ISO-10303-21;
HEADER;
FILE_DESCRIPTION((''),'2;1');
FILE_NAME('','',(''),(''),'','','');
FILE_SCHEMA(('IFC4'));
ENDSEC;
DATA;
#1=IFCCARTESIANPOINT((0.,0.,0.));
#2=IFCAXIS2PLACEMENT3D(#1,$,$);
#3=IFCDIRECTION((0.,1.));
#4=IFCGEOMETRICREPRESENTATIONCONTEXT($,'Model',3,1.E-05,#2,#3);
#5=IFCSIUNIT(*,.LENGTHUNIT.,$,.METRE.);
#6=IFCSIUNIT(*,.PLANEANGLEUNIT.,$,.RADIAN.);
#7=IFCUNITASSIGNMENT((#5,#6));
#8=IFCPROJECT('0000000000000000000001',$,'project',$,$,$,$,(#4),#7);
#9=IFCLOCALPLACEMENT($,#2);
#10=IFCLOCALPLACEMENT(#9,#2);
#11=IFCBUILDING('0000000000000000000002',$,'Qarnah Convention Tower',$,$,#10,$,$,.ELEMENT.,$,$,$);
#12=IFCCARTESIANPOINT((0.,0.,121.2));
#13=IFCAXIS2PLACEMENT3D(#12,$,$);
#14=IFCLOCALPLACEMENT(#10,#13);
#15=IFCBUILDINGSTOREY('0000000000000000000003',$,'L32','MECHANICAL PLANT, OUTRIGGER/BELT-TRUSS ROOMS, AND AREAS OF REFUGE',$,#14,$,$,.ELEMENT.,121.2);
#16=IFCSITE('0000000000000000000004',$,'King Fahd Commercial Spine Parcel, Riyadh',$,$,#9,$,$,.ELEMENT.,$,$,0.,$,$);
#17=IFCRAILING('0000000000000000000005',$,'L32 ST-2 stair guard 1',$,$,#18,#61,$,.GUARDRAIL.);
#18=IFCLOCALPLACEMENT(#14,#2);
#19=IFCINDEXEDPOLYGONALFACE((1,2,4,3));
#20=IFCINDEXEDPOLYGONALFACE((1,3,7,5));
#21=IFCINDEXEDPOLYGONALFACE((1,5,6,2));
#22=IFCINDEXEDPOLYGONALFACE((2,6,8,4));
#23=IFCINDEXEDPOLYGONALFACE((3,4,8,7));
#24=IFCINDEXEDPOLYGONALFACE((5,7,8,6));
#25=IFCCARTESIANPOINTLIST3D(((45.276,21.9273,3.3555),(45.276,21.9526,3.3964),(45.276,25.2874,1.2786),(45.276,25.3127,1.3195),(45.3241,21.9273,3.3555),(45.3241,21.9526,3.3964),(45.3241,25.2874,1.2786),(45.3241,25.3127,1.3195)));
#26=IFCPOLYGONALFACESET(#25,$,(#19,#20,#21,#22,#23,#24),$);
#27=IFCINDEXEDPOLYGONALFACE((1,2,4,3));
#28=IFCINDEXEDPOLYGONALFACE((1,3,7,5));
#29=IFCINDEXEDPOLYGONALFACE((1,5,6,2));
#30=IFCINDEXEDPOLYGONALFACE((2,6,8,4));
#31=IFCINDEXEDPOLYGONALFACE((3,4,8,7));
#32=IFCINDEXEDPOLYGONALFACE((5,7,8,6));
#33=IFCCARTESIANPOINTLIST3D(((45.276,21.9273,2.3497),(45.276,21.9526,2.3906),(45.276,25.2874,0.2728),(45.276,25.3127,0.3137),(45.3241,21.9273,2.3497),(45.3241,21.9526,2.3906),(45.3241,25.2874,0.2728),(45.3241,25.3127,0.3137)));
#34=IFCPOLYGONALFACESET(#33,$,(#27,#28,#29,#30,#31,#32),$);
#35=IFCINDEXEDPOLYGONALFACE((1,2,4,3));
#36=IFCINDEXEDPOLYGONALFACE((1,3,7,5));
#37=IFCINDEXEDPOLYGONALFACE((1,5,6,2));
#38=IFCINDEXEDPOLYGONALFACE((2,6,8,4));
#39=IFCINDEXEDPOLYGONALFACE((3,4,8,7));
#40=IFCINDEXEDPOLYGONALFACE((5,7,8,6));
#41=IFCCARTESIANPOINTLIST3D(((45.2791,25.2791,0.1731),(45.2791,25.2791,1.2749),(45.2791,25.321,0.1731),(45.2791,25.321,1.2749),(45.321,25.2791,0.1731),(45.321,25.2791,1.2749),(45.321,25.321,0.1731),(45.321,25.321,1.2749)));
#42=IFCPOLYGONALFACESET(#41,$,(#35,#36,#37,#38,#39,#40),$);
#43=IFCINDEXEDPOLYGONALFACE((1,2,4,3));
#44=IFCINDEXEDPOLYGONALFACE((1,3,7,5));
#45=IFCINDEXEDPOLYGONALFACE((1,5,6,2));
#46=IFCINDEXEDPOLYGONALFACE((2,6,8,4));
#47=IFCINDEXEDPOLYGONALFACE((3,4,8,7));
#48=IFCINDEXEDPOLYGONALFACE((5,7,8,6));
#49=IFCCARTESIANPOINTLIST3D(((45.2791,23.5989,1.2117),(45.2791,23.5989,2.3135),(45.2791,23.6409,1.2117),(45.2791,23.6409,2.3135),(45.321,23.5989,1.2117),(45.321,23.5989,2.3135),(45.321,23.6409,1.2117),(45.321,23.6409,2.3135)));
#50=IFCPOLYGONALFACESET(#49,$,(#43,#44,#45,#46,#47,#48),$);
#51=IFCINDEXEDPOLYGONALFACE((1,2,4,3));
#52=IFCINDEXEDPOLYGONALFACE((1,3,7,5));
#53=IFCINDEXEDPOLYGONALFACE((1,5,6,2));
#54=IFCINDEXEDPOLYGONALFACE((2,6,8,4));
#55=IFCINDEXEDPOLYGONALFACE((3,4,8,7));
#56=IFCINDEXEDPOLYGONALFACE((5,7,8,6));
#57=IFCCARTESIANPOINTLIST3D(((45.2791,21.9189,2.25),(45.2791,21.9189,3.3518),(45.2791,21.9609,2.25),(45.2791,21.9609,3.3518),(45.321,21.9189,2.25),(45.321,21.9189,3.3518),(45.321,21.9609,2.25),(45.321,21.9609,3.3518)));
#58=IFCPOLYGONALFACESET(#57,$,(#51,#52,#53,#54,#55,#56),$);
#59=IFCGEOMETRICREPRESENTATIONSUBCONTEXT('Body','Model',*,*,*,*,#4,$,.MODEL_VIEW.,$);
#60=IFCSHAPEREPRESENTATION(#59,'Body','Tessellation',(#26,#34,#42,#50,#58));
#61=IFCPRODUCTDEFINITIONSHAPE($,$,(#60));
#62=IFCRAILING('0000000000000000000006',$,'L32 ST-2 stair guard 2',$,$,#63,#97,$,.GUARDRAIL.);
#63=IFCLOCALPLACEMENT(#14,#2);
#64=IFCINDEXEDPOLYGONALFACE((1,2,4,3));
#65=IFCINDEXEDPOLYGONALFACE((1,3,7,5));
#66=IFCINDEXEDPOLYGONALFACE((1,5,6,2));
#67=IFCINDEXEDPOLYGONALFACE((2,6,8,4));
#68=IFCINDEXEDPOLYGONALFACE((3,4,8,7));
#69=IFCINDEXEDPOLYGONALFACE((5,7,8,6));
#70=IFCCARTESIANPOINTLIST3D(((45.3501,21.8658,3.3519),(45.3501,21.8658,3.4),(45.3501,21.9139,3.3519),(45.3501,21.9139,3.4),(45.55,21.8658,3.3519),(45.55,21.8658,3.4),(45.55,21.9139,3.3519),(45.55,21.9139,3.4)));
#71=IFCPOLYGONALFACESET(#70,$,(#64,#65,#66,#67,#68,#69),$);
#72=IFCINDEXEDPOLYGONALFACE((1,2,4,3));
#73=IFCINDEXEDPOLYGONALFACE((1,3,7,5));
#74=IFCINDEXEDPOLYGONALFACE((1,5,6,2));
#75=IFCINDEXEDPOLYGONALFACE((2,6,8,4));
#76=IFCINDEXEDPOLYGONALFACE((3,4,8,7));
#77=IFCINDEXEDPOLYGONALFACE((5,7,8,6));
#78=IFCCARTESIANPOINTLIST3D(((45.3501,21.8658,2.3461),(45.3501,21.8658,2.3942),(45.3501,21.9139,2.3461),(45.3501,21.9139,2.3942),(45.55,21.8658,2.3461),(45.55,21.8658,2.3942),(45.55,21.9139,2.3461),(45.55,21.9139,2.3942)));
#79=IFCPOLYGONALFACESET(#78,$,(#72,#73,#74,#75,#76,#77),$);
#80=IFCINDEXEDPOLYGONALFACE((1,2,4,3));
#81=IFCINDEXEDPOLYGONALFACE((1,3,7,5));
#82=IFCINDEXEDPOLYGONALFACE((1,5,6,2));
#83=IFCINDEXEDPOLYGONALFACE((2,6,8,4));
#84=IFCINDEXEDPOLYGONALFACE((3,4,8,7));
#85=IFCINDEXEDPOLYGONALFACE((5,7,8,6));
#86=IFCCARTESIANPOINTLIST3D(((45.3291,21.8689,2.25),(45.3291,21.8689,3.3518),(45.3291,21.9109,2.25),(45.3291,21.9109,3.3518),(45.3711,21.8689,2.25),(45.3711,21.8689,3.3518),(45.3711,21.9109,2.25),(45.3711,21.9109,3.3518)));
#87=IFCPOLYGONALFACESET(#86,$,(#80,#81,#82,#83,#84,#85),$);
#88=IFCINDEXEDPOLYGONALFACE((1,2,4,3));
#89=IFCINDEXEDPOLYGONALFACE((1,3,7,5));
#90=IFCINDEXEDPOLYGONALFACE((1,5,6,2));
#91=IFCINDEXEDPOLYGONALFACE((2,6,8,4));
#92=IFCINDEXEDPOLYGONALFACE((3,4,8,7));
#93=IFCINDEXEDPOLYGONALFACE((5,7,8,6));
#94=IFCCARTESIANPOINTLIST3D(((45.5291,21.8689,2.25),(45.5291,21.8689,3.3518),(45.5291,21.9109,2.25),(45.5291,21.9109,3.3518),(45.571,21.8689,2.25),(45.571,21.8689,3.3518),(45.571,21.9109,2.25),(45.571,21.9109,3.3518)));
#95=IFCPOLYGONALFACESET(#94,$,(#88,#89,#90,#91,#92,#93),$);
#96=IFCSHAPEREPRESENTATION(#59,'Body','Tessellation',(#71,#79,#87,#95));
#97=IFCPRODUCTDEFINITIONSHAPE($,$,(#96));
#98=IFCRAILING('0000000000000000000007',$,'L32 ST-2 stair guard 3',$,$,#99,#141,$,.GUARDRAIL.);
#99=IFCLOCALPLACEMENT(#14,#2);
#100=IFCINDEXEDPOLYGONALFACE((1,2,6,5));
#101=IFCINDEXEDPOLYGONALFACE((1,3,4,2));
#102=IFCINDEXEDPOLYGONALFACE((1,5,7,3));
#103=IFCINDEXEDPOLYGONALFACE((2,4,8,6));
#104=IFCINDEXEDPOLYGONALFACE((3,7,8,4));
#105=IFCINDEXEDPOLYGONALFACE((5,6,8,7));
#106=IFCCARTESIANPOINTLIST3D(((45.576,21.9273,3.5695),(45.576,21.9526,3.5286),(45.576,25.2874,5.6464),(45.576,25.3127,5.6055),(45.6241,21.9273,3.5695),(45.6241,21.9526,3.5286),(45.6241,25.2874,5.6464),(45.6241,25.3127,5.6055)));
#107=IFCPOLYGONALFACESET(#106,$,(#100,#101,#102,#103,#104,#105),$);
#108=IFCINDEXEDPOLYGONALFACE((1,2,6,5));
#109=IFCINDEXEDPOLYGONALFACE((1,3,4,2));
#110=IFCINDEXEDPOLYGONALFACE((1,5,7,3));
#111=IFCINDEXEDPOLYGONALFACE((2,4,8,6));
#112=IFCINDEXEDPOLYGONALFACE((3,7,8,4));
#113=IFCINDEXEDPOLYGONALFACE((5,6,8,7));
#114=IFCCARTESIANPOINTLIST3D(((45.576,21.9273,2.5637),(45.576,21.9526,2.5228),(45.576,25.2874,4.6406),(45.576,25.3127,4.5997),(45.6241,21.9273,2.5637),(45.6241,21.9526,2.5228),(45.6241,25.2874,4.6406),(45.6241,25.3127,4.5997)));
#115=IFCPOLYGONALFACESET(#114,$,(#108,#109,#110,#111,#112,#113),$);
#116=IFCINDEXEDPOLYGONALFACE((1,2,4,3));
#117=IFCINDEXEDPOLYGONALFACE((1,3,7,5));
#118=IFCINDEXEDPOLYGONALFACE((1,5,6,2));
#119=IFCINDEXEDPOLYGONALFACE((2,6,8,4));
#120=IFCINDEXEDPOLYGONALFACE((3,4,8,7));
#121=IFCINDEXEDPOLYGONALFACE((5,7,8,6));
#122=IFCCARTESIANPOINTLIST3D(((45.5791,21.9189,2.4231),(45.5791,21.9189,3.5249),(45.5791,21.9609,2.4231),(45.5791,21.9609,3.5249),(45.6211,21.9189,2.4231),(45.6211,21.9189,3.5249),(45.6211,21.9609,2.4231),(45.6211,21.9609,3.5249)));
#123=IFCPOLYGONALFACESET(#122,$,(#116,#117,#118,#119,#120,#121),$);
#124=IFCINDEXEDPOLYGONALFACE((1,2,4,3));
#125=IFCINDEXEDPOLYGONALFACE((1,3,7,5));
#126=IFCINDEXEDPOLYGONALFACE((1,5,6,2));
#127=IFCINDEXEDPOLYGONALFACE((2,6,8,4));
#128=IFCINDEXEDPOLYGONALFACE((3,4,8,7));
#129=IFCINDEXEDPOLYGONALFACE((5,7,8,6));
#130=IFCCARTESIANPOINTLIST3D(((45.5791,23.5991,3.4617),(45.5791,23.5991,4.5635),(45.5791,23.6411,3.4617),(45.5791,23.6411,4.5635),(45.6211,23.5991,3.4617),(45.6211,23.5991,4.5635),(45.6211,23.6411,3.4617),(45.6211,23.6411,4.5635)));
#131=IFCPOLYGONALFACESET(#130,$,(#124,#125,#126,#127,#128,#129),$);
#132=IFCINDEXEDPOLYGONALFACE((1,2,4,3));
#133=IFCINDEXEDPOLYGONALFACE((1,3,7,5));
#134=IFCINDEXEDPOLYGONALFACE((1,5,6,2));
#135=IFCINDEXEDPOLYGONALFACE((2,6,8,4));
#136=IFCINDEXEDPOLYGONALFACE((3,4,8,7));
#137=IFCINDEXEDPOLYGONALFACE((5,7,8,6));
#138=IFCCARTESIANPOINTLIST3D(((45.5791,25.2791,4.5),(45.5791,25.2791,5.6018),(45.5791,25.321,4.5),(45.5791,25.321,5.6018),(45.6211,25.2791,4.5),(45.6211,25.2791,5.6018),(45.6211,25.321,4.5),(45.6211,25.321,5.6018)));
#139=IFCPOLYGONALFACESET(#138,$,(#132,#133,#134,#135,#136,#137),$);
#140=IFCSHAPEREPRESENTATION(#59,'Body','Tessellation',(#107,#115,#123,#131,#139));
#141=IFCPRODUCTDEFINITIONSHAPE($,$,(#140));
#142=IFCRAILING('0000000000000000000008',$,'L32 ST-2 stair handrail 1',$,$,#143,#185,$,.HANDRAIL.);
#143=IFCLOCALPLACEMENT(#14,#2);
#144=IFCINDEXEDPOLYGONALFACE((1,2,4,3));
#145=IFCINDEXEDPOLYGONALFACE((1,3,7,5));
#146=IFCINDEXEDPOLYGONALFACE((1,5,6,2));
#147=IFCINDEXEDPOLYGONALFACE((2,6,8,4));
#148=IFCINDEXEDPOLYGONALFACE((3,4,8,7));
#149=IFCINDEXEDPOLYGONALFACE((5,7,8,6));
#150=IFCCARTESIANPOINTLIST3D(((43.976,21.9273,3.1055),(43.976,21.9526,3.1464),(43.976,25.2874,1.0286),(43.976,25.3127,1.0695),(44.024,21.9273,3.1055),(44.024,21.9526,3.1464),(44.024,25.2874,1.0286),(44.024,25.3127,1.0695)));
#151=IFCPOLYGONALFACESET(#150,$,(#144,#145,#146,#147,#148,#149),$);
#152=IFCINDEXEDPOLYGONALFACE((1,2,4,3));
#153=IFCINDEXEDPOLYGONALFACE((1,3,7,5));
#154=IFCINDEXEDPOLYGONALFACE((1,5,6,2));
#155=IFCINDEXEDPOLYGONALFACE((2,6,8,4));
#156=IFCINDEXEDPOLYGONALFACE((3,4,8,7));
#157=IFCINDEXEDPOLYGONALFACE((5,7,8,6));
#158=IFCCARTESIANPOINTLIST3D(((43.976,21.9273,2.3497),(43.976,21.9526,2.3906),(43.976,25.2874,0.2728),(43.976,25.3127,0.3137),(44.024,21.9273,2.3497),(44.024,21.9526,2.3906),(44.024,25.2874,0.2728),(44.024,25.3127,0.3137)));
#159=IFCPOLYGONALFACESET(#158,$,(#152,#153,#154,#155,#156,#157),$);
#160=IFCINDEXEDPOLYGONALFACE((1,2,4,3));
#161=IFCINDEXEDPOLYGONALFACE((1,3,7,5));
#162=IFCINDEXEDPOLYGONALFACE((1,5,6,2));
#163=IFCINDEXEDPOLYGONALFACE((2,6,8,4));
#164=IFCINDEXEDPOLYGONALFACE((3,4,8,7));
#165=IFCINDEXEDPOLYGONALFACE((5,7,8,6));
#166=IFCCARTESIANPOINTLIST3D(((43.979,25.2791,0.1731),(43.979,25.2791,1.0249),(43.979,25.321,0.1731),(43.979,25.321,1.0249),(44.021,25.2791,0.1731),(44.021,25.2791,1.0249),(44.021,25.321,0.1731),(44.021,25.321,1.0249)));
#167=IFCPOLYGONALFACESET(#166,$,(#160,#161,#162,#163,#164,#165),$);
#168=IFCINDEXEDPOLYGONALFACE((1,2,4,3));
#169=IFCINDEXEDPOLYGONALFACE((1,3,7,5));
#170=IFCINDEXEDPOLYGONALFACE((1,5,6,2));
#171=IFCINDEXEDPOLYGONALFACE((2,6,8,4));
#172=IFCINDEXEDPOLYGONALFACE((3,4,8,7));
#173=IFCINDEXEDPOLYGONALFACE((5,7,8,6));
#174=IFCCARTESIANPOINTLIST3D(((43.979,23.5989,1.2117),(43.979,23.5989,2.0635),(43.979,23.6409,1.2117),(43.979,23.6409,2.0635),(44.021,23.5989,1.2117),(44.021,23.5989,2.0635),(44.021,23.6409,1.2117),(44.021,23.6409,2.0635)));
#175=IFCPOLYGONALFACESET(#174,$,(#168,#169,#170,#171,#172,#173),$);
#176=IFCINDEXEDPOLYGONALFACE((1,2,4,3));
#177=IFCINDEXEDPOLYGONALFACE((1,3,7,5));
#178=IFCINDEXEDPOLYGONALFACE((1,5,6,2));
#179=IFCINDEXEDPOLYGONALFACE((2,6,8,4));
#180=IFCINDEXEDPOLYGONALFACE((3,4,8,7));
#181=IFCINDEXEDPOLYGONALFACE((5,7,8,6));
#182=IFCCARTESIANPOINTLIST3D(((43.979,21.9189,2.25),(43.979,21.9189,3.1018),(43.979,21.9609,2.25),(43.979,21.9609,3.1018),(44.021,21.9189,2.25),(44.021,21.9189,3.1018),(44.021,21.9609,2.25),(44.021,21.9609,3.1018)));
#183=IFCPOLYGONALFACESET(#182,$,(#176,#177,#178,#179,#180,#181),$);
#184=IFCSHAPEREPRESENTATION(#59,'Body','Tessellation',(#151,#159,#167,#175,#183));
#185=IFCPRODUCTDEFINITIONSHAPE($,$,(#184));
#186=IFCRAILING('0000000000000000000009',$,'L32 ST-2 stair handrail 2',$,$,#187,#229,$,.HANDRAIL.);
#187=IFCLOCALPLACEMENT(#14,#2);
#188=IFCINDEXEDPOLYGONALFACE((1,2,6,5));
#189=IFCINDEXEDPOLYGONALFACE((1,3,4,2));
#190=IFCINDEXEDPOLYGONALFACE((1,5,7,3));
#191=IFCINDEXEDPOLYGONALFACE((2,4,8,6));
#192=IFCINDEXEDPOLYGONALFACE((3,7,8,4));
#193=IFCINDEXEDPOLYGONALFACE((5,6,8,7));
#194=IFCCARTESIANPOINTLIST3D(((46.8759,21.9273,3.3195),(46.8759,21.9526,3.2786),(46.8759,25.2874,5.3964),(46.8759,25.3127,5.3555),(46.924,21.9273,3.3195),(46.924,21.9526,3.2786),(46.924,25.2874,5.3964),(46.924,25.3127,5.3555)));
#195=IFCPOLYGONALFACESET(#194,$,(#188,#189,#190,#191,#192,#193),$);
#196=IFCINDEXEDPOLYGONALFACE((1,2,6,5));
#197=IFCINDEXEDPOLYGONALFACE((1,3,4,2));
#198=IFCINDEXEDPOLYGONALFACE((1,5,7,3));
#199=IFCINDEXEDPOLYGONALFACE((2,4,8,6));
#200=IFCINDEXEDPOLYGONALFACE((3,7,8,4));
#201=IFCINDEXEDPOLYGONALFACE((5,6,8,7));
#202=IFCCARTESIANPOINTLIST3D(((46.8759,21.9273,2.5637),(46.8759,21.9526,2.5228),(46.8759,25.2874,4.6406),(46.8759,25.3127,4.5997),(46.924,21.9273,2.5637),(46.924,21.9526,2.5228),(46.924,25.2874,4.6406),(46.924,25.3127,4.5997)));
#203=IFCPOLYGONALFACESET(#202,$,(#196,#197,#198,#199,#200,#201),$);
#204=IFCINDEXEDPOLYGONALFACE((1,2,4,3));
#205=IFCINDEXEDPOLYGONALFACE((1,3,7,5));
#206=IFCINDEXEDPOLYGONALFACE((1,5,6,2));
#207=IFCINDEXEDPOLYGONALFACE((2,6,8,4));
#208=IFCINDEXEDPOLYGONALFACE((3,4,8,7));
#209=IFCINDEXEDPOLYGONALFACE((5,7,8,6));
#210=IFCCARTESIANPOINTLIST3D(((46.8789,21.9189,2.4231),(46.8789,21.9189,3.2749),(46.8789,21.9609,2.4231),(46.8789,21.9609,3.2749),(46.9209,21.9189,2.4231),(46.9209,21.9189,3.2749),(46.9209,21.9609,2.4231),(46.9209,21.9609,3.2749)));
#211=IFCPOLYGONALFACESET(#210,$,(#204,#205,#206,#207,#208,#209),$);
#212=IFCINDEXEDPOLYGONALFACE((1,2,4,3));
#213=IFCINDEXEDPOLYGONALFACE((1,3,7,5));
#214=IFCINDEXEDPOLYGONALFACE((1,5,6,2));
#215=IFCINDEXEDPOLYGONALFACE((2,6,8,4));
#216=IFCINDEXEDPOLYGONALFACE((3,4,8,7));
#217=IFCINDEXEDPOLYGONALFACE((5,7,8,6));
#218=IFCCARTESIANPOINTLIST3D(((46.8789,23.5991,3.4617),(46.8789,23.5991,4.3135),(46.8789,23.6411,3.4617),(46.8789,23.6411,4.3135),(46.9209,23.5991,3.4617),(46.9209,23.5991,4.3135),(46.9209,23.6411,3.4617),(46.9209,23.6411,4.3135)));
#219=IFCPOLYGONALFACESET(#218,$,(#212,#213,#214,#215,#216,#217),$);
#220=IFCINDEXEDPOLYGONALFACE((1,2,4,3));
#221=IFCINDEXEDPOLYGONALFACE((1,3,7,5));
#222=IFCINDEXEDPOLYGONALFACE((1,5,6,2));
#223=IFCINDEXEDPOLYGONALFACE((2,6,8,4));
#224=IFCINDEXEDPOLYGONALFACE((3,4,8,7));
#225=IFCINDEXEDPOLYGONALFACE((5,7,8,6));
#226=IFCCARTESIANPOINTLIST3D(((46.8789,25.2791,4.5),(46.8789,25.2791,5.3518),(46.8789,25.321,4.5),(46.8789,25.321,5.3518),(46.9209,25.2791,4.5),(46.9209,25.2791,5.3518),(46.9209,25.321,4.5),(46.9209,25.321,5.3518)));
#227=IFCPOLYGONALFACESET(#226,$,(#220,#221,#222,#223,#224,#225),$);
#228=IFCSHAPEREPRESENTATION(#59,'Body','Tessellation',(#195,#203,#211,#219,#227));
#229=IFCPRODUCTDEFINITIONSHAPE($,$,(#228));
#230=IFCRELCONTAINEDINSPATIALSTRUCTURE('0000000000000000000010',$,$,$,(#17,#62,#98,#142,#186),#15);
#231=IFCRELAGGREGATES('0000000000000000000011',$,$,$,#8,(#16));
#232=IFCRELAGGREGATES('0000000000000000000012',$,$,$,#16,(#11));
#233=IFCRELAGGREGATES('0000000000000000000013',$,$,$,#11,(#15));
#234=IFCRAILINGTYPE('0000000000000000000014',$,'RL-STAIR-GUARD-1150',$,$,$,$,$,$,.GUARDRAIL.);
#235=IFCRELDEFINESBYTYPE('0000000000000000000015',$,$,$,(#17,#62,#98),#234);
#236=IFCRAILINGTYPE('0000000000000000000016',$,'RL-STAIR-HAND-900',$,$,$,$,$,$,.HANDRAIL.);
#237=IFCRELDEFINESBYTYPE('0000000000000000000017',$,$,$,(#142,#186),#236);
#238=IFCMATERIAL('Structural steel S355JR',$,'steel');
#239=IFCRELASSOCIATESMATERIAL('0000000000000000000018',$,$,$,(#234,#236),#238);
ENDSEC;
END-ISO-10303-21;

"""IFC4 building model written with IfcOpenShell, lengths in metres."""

from ifc_helpers import new_model, si_unit, direction, frame, origin, origin_2d, place, context, subcontext, project, spatial, rectangle, extrude, material, type_object, element, save


model = new_model("IFC4")

# Units and contexts
model_context = context("Model", 3, precision=1e-05, world=origin(), true_north=direction((0.0, 1.0)))
body_context = subcontext(model_context, "Body", "Model", "MODEL_VIEW")
ifc_project = project(units=[si_unit("LENGTHUNIT", "METRE"), si_unit("PLANEANGLEUNIT", "RADIAN")], contexts=[model_context])

# Site, building, storey
site_placement = place(None, origin())
site = spatial("IfcSite", under=ifc_project, at=site_placement, Name="King Fahd Commercial Spine Parcel, Riyadh", CompositionType="ELEMENT", RefElevation=0.0)
building_placement = place(site_placement, origin())
building = spatial("IfcBuilding", under=site, at=building_placement, Name="Qarnah Convention Tower", CompositionType="ELEMENT")
storey_placement = place(building_placement, frame((0.0, 0.0, 121.2)))
storey = spatial("IfcBuildingStorey", under=building, at=storey_placement, Name="L32", Description="MECHANICAL PLANT, OUTRIGGER/BELT-TRUSS ROOMS, AND AREAS OF REFUGE", CompositionType="ELEMENT", Elevation=121.2)

# Shared definitions
ifc_material_1 = material(Name="Structural steel S355JR", Category="steel")

# Railings
railing_type_1 = type_object("IfcRailingType", Name="RL-STAIR-GUARD-1150", PredefinedType="GUARDRAIL", material=ifc_material_1)
railing_1_placement = place(storey_placement, frame((45.3, 25.3, 0.1731)))
element("IfcRailing", 1, at=railing_1_placement, inside=storey, type_object=railing_type_1, Name="L32 ST-2 stair guard 1", PredefinedType="GUARDRAIL", context=body_context, shape_type="SweptSolid", body=[
    extrude(rectangle(XDim=0.0481, YDim=0.0481, at=origin_2d()), frame((0.0, 0.0, 1.126), z_axis=(0.0, -0.850623, 0.525776), x_axis=(1.0, 0.0, 0.0)), (0.0, 0.0, 1.0), 3.9502),
    extrude(rectangle(XDim=0.0481, YDim=0.0481, at=origin_2d()), frame((0.0, 0.0, 0.1201), z_axis=(0.0, -0.850623, 0.525776), x_axis=(1.0, 0.0, 0.0)), (0.0, 0.0, 1.0), 3.9502),
    extrude(rectangle(XDim=0.042, YDim=0.042, at=origin_2d()), origin(), (0.0, 0.0, 1.0), 1.1018),
    extrude(rectangle(XDim=0.042, YDim=0.042, at=origin_2d()), frame((0.0, -1.6802, 1.0386)), (0.0, 0.0, 1.0), 1.1018),
    extrude(rectangle(XDim=0.042, YDim=0.042, at=origin_2d()), frame((0.0, -3.3601, 2.0769)), (0.0, 0.0, 1.0), 1.1018),
])
railing_2_placement = place(storey_placement, frame((45.3501, 21.8899, 2.25)))
element("IfcRailing", 2, at=railing_2_placement, inside=storey, type_object=railing_type_1, Name="L32 ST-2 stair guard 2", PredefinedType="GUARDRAIL", context=body_context, shape_type="SweptSolid", body=[
    extrude(rectangle(XDim=0.0481, YDim=0.0481, at=origin_2d()), frame((0.0, 0.0, 1.126), z_axis=(1.0, 0.0, 0.0), x_axis=(0.0, 1.0, 0.0)), (0.0, 0.0, 1.0), 0.2),
    extrude(rectangle(XDim=0.0481, YDim=0.0481, at=origin_2d()), frame((0.0, 0.0, 0.1201), z_axis=(1.0, 0.0, 0.0), x_axis=(0.0, 1.0, 0.0)), (0.0, 0.0, 1.0), 0.2),
    extrude(rectangle(XDim=0.042, YDim=0.042, at=origin_2d()), origin(), (0.0, 0.0, 1.0), 1.1018),
    extrude(rectangle(XDim=0.042, YDim=0.042, at=origin_2d()), frame((0.2, 0.0, 0.0)), (0.0, 0.0, 1.0), 1.1018),
])
railing_3_placement = place(storey_placement, frame((45.6001, 21.9399, 2.4231)))
element("IfcRailing", 3, at=railing_3_placement, inside=storey, type_object=railing_type_1, Name="L32 ST-2 stair guard 3", PredefinedType="GUARDRAIL", context=body_context, shape_type="SweptSolid", body=[
    extrude(rectangle(XDim=0.0481, YDim=0.0481, at=origin_2d()), frame((0.0, 0.0, 1.126), z_axis=(0.0, 0.850623, 0.525776), x_axis=(-1.0, 0.0, 0.0)), (0.0, 0.0, 1.0), 3.9502),
    extrude(rectangle(XDim=0.0481, YDim=0.0481, at=origin_2d()), frame((0.0, 0.0, 0.1201), z_axis=(0.0, 0.850623, 0.525776), x_axis=(-1.0, 0.0, 0.0)), (0.0, 0.0, 1.0), 3.9502),
    extrude(rectangle(XDim=0.042, YDim=0.042, at=origin_2d()), origin(), (0.0, 0.0, 1.0), 1.1018),
    extrude(rectangle(XDim=0.042, YDim=0.042, at=origin_2d()), frame((0.0, 1.6802, 1.0386)), (0.0, 0.0, 1.0), 1.1018),
    extrude(rectangle(XDim=0.042, YDim=0.042, at=origin_2d()), frame((0.0, 3.3601, 2.0769)), (0.0, 0.0, 1.0), 1.1018),
])
railing_type_2 = type_object("IfcRailingType", Name="RL-STAIR-HAND-900", PredefinedType="HANDRAIL", material=ifc_material_1)
railing_4_placement = place(storey_placement, frame((44.0, 25.3, 0.1731)))
element("IfcRailing", 4, at=railing_4_placement, inside=storey, type_object=railing_type_2, Name="L32 ST-2 stair handrail 1", PredefinedType="HANDRAIL", context=body_context, shape_type="SweptSolid", body=[
    extrude(rectangle(XDim=0.0481, YDim=0.0481, at=origin_2d()), frame((0.0, 0.0, 0.876), z_axis=(0.0, -0.850623, 0.525776), x_axis=(1.0, 0.0, 0.0)), (0.0, 0.0, 1.0), 3.9502),
    extrude(rectangle(XDim=0.0481, YDim=0.0481, at=origin_2d()), frame((0.0, 0.0, 0.1201), z_axis=(0.0, -0.850623, 0.525776), x_axis=(1.0, 0.0, 0.0)), (0.0, 0.0, 1.0), 3.9502),
    extrude(rectangle(XDim=0.042, YDim=0.042, at=origin_2d()), origin(), (0.0, 0.0, 1.0), 0.8518),
    extrude(rectangle(XDim=0.042, YDim=0.042, at=origin_2d()), frame((0.0, -1.6802, 1.0386)), (0.0, 0.0, 1.0), 0.8518),
    extrude(rectangle(XDim=0.042, YDim=0.042, at=origin_2d()), frame((0.0, -3.3601, 2.0769)), (0.0, 0.0, 1.0), 0.8518),
])
railing_5_placement = place(storey_placement, frame((46.8999, 21.9399, 2.4231)))
element("IfcRailing", 5, at=railing_5_placement, inside=storey, type_object=railing_type_2, Name="L32 ST-2 stair handrail 2", PredefinedType="HANDRAIL", context=body_context, shape_type="SweptSolid", body=[
    extrude(rectangle(XDim=0.0481, YDim=0.0481, at=origin_2d()), frame((0.0, 0.0, 0.876), z_axis=(0.0, 0.850623, 0.525776), x_axis=(-1.0, 0.0, 0.0)), (0.0, 0.0, 1.0), 3.9502),
    extrude(rectangle(XDim=0.0481, YDim=0.0481, at=origin_2d()), frame((0.0, 0.0, 0.1201), z_axis=(0.0, 0.850623, 0.525776), x_axis=(-1.0, 0.0, 0.0)), (0.0, 0.0, 1.0), 3.9502),
    extrude(rectangle(XDim=0.042, YDim=0.042, at=origin_2d()), origin(), (0.0, 0.0, 1.0), 0.8518),
    extrude(rectangle(XDim=0.042, YDim=0.042, at=origin_2d()), frame((0.0, 1.6802, 1.0386)), (0.0, 0.0, 1.0), 0.8518),
    extrude(rectangle(XDim=0.042, YDim=0.042, at=origin_2d()), frame((0.0, 3.3601, 2.0769)), (0.0, 0.0, 1.0), 0.8518),
])

save(model, "model.ifc")
